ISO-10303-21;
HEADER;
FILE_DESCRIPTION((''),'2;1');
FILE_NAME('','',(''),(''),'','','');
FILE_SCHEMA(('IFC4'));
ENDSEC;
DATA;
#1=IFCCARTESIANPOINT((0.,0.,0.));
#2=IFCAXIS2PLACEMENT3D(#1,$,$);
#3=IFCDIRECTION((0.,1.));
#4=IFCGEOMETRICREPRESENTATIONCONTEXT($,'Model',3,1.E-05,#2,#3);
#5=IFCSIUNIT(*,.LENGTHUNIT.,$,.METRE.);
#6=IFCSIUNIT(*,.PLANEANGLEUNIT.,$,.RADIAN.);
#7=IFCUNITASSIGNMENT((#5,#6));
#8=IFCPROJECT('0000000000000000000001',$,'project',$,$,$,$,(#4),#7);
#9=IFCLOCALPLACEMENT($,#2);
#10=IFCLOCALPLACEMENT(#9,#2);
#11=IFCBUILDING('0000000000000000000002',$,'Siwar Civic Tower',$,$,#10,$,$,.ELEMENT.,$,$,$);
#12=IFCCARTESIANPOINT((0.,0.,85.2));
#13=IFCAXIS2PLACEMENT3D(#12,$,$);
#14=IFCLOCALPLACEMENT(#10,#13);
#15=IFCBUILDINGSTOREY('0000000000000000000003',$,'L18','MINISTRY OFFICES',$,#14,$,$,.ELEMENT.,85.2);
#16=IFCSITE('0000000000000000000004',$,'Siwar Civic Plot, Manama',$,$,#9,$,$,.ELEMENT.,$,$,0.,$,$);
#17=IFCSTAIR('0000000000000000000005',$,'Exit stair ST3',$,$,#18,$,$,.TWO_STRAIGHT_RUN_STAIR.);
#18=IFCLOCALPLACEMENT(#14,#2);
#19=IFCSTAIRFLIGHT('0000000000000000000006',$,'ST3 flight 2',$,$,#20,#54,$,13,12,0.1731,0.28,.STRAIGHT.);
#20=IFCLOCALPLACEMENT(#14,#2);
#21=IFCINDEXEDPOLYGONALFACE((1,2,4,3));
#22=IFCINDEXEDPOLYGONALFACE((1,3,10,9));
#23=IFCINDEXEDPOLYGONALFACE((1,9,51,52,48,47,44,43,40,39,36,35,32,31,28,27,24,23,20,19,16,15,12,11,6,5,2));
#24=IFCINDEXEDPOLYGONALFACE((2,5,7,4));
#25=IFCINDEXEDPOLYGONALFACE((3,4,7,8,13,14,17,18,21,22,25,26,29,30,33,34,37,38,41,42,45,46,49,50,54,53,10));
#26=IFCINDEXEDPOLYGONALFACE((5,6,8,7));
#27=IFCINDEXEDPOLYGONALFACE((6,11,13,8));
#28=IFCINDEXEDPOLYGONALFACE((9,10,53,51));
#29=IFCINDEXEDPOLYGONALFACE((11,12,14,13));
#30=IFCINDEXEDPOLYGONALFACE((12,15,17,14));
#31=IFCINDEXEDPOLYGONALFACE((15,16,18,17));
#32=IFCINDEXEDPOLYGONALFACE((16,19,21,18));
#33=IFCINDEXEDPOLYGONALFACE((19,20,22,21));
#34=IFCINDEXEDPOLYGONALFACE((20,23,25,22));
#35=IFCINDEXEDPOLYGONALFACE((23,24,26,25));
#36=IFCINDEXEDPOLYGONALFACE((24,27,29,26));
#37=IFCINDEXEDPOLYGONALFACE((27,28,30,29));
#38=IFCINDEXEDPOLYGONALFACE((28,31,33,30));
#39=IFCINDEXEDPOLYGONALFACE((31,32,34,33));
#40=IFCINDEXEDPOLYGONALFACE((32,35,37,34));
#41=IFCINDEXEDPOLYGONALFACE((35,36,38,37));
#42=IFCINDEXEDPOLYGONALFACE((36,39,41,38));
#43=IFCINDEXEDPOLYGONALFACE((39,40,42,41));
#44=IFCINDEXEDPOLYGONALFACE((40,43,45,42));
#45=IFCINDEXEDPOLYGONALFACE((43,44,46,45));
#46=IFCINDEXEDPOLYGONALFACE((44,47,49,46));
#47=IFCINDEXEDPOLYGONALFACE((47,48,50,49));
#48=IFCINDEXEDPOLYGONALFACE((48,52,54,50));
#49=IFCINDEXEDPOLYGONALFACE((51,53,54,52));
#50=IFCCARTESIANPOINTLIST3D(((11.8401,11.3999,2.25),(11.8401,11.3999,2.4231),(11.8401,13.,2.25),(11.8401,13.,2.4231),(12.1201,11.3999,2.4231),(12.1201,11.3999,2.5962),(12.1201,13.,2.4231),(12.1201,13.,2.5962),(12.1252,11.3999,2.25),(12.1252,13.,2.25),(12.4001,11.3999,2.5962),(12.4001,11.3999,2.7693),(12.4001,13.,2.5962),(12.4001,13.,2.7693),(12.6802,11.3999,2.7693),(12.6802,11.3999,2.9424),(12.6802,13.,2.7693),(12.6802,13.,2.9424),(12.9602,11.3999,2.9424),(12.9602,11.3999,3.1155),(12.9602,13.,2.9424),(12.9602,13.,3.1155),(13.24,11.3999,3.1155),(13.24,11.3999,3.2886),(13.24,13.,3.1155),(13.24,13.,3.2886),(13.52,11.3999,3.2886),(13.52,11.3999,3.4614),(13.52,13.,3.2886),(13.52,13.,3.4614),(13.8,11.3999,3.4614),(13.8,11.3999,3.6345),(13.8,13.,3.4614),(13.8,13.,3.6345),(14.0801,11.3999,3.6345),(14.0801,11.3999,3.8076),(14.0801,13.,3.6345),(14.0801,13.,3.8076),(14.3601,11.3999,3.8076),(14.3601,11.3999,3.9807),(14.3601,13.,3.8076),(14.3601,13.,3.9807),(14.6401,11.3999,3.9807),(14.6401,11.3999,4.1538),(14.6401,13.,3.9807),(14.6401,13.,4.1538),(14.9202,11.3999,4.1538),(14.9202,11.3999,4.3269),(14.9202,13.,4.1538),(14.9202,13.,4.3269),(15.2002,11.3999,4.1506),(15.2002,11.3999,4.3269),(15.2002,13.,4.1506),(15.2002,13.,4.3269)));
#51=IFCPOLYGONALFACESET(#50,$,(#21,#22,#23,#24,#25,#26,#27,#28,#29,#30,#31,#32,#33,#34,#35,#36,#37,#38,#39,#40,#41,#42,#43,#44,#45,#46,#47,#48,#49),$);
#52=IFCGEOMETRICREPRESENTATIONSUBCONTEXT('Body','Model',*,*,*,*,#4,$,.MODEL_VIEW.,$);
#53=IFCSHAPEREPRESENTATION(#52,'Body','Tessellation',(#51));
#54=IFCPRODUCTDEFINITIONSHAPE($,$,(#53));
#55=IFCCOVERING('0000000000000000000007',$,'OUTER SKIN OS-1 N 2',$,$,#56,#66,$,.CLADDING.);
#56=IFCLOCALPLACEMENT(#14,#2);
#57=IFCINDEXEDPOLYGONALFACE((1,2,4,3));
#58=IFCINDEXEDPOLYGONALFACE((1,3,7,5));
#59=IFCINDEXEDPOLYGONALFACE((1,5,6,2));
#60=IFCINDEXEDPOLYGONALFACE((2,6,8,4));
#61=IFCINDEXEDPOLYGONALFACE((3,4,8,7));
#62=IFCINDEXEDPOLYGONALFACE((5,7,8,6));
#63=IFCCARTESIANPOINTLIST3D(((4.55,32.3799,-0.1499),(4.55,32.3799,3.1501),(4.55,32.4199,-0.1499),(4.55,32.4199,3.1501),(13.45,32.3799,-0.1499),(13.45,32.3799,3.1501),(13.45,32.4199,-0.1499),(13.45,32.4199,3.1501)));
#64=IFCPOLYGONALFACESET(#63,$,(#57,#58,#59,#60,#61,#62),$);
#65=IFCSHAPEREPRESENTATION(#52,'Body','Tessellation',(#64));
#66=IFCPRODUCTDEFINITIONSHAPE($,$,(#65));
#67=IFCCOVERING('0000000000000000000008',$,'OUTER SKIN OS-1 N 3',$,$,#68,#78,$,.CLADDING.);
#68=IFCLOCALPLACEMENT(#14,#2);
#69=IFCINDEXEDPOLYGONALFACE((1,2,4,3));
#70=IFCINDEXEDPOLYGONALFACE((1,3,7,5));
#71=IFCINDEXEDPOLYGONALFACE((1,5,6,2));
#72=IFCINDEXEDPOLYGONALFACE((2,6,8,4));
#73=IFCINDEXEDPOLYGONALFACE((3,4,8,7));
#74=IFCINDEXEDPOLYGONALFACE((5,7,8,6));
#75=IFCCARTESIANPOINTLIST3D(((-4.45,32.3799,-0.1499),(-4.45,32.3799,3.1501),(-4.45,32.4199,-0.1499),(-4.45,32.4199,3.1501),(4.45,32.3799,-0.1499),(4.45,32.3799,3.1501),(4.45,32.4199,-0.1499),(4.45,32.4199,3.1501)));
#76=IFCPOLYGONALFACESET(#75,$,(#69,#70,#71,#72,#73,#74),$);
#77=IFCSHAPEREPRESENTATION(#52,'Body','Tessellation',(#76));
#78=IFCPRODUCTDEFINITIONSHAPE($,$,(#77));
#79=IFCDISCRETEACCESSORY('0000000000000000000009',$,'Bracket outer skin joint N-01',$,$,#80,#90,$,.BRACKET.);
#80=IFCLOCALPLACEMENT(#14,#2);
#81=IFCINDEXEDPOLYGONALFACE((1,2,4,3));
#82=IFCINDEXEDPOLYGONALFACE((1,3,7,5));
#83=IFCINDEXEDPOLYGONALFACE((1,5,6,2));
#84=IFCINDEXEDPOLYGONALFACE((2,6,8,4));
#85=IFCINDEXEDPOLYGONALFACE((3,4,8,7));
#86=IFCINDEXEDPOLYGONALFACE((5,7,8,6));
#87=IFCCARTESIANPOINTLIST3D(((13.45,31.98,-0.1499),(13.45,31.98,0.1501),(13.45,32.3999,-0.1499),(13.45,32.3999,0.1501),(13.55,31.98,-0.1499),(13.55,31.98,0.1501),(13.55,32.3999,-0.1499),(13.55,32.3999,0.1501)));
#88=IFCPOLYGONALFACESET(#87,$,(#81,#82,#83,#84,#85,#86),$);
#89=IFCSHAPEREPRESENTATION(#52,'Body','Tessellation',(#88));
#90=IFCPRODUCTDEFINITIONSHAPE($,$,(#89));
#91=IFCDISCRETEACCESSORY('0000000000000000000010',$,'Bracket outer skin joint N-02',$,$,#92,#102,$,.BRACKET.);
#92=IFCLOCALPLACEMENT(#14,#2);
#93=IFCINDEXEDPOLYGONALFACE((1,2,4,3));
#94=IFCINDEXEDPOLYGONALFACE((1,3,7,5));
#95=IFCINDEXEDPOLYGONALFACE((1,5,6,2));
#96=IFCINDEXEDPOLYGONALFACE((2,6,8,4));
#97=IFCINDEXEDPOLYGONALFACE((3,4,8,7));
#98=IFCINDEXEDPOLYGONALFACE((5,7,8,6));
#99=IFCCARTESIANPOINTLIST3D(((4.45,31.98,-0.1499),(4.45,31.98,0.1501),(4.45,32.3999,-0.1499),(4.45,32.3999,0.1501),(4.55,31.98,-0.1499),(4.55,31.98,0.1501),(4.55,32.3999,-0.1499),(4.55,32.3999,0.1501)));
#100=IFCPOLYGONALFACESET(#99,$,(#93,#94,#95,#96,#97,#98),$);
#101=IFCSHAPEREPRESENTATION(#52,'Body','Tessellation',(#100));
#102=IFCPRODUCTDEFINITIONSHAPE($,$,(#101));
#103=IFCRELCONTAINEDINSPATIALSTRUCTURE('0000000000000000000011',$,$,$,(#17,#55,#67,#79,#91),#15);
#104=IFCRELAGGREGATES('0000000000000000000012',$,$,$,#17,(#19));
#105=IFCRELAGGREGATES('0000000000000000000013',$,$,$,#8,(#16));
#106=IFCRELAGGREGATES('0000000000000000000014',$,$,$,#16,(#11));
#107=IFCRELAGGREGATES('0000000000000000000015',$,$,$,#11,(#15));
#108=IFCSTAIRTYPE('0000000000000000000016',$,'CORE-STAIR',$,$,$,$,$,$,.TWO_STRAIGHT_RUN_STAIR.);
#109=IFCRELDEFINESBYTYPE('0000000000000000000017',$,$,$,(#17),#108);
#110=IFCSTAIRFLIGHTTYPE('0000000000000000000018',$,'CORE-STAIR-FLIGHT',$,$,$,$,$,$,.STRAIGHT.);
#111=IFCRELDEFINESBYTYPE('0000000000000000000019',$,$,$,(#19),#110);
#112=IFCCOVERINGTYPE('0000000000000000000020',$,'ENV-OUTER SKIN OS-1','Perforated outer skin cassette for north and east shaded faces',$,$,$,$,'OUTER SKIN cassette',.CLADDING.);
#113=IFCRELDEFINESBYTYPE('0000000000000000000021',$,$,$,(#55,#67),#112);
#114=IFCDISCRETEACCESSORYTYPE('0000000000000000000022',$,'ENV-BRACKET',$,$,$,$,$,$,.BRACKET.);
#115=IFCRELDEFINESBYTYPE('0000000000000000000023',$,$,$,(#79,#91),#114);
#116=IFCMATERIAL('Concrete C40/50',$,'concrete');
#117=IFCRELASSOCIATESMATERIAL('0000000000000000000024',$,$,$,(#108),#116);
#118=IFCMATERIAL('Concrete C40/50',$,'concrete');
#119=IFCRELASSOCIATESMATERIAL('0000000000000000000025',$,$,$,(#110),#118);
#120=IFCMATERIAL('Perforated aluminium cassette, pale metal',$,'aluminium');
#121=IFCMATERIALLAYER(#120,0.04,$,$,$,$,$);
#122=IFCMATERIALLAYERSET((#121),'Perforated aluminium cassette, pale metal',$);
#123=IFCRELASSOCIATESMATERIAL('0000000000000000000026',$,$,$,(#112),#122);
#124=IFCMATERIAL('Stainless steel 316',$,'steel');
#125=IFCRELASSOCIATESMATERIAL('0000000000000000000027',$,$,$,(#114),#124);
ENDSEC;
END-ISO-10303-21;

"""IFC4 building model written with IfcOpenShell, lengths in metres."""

from ifc_helpers import new_model, si_unit, direction, frame, origin, origin_2d, place, context, subcontext, project, spatial, polyline, rectangle, outline, extrude, material, layer, layer_set, type_object, element, aggregate, save


model = new_model("IFC4")

# Units and contexts
model_context = context("Model", 3, precision=1e-05, world=origin(), true_north=direction((0.0, 1.0)))
body_context = subcontext(model_context, "Body", "Model", "MODEL_VIEW")
ifc_project = project(units=[si_unit("LENGTHUNIT", "METRE"), si_unit("PLANEANGLEUNIT", "RADIAN")], contexts=[model_context])

# Site, building, storey
site_placement = place(None, origin())
site = spatial("IfcSite", under=ifc_project, at=site_placement, Name="Siwar Civic Plot, Manama", CompositionType="ELEMENT", RefElevation=0.0)
building_placement = place(site_placement, origin())
building = spatial("IfcBuilding", under=site, at=building_placement, Name="Siwar Civic Tower", CompositionType="ELEMENT")
storey_placement = place(building_placement, frame((0.0, 0.0, 85.2)))
storey = spatial("IfcBuildingStorey", under=building, at=storey_placement, Name="L18", Description="MINISTRY OFFICES", CompositionType="ELEMENT", Elevation=85.2)

# Stair, stair flight
ifc_material_1 = material(Name="Concrete C40/50", Category="concrete")
stair_type = type_object("IfcStairType", Name="CORE-STAIR", PredefinedType="TWO_STRAIGHT_RUN_STAIR", material=ifc_material_1)
stair_placement = place(storey_placement, origin())
stair = element("IfcStair", 1, at=stair_placement, inside=storey, type_object=stair_type, Name="Exit stair ST3", PredefinedType="TWO_STRAIGHT_RUN_STAIR")
ifc_material_2 = material(Name="Concrete C40/50", Category="concrete")
stair_flight_type = type_object("IfcStairFlightType", Name="CORE-STAIR-FLIGHT", PredefinedType="STRAIGHT", material=ifc_material_2)
stair_flight_placement = place(storey_placement, frame((11.8401, 12.2, 2.25), z_axis=(0.0, 0.0, 1.0), x_axis=(1.0, 0.0, 0.0)))
stair_flight = element("IfcStairFlight", 2, at=stair_flight_placement, type_object=stair_flight_type, Name="ST3 flight 2", NumberOfRisers=13, NumberOfTreads=12, PredefinedType="STRAIGHT", RiserHeight=0.1731, TreadLength=0.28, context=body_context, shape_type="SweptSolid", body=[
    extrude(outline(polyline([(0.0, 0.0), (0.0, 0.1731), (0.28, 0.1731), (0.28, 0.3462), (0.5601, 0.3462), (0.5601, 0.5193), (0.8401, 0.5193), (0.8401, 0.6924), (1.1201, 0.6924), (1.1201, 0.8655), (1.3999, 0.8655), (1.3999, 1.0386), (1.6799, 1.0386), (1.6799, 1.2114), (1.96, 1.2114), (1.96, 1.3845), (2.24, 1.3845), (2.24, 1.5576), (2.52, 1.5576), (2.52, 1.7307), (2.8, 1.7307), (2.8, 1.9038), (3.0801, 1.9038), (3.0801, 2.0769), (3.3601, 2.0769), (3.3601, 2.25), (3.3601, 1.9006), (0.2852, 0.0), (0.0, 0.0)])), frame((0.0, 0.8, 0.0), z_axis=(0.0, -1.0, 0.0), x_axis=(1.0, 0.0, 0.0)), (0.0, 0.0, 1.0), 1.6001),
])
aggregate(stair, [stair_flight])

# Coverings
ifc_material_3 = material(Name="Perforated aluminium cassette, pale metal", Category="aluminium")
ifc_layer_1 = layer(ifc_material_3, 0.04)
ifc_layer_set_1 = layer_set([ifc_layer_1], Name="Perforated aluminium cassette, pale metal")
covering_type = type_object("IfcCoveringType", Name="ENV-OUTER SKIN OS-1", Description="Perforated outer skin cassette for north and east shaded faces", ElementType="OUTER SKIN cassette", PredefinedType="CLADDING", material=ifc_layer_set_1)
for number, where, z_axis, x_axis, name in (
    (3, (9.0, 32.3999, -0.1499), (0.0, 0.0, 1.0), (-1.0, 0.0, 0.0), "OUTER SKIN OS-1 N 2"),
    (4, (0.0, 32.3999, -0.1499), (0.0, 0.0, 1.0), (-1.0, 0.0, 0.0), "OUTER SKIN OS-1 N 3"),
):
    element("IfcCovering", number, at=place(storey_placement, frame(where, z_axis=z_axis, x_axis=x_axis)), inside=storey, type_object=covering_type, Name=name, PredefinedType="CLADDING", context=body_context, shape_type="SweptSolid", body=[
        extrude(rectangle(XDim=8.8999, YDim=0.04, at=origin_2d()), origin(), (0.0, 0.0, 1.0), 3.3),
    ])

# Discrete accessories
ifc_material_4 = material(Name="Stainless steel 316", Category="steel")
discrete_accessory_type = type_object("IfcDiscreteAccessoryType", Name="ENV-BRACKET", PredefinedType="BRACKET", material=ifc_material_4)
for number, where, z_axis, x_axis, name in (
    (5, (13.5, 32.1899, -0.1499), (0.0, 0.0, 1.0), (0.0, 1.0, 0.0), "Bracket outer skin joint N-01"),
    (6, (4.5, 32.1899, -0.1499), (0.0, 0.0, 1.0), (0.0, 1.0, 0.0), "Bracket outer skin joint N-02"),
):
    element("IfcDiscreteAccessory", number, at=place(storey_placement, frame(where, z_axis=z_axis, x_axis=x_axis)), inside=storey, type_object=discrete_accessory_type, Name=name, PredefinedType="BRACKET", context=body_context, shape_type="SweptSolid", body=[
        extrude(rectangle(XDim=0.4199, YDim=0.1001, at=origin_2d()), origin(), (0.0, 0.0, 1.0), 0.3),
    ])

save(model, "model.ifc")
